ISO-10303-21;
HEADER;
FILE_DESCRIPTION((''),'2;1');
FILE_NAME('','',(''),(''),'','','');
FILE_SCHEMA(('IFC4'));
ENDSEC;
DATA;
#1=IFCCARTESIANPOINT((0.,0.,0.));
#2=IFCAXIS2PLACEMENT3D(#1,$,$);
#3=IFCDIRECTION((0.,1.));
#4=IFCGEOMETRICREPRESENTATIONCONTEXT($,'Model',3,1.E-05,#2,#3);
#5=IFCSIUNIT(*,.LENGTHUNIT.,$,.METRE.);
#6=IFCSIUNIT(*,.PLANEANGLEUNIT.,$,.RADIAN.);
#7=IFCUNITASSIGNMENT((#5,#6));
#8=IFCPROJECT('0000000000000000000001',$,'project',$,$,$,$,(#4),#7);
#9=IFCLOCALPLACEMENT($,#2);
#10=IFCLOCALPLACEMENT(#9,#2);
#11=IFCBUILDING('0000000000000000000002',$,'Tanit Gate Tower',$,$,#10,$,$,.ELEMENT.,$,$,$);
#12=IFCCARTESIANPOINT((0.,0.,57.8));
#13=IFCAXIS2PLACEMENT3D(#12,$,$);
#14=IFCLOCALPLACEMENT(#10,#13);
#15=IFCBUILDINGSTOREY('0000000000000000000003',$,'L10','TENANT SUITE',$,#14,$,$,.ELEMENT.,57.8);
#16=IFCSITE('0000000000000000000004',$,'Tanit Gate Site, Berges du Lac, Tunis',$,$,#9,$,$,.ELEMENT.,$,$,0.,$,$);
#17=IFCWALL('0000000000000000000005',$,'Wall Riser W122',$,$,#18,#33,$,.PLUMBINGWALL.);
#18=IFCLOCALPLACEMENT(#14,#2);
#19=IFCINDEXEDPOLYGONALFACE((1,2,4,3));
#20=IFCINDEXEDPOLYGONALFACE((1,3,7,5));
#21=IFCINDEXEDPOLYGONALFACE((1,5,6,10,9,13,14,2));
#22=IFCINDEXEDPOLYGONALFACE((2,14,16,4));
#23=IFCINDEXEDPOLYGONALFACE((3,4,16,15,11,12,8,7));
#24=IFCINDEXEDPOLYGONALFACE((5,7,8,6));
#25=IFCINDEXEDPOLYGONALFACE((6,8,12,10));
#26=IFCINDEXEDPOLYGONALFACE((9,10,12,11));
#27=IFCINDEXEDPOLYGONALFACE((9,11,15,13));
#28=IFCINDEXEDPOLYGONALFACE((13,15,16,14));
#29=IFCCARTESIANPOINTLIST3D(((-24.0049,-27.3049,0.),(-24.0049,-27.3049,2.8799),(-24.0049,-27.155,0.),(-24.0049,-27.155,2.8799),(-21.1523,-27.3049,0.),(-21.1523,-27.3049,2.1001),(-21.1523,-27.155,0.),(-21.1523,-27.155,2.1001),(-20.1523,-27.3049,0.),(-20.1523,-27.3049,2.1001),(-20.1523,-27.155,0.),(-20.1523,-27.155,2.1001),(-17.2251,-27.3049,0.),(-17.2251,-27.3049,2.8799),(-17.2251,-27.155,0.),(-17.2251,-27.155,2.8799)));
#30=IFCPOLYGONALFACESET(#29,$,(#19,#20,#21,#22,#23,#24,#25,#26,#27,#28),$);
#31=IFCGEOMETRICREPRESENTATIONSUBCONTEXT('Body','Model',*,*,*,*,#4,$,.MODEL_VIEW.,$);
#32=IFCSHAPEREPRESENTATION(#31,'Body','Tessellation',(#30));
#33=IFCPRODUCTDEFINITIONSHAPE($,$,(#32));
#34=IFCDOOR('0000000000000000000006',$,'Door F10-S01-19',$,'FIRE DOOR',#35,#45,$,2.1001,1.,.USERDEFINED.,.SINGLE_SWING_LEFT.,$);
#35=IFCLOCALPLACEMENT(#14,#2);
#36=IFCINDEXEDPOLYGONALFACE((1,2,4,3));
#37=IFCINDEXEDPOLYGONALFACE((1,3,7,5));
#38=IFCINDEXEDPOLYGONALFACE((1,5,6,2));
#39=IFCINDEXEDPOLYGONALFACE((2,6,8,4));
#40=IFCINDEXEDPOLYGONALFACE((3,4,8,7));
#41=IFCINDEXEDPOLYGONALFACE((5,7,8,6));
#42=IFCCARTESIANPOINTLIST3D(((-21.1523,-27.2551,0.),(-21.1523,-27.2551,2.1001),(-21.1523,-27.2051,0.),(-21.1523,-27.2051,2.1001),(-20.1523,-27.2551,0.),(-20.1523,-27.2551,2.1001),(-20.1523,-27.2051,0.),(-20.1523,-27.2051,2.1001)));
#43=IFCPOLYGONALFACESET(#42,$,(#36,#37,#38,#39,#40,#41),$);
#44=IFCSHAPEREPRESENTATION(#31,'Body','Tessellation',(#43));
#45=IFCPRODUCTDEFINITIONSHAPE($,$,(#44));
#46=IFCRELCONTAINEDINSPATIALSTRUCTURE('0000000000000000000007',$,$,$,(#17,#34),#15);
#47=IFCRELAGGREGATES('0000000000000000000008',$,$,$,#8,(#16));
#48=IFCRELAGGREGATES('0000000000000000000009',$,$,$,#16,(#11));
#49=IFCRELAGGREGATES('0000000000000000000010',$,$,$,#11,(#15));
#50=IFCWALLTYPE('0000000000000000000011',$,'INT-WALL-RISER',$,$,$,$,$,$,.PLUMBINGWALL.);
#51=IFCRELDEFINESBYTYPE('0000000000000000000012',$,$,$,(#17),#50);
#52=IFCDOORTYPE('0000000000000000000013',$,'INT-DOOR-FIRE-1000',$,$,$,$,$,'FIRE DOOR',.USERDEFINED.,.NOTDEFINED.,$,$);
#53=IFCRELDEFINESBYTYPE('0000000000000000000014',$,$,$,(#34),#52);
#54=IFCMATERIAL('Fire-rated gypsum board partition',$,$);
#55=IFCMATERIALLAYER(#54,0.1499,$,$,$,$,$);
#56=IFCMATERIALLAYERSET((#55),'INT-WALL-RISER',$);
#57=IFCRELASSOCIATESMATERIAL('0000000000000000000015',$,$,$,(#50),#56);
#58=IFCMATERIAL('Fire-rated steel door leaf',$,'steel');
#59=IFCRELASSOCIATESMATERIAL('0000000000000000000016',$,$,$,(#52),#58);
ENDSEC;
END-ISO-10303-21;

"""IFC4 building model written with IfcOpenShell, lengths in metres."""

from ifc_helpers import new_model, si_unit, direction, frame, frame_2d, origin, place, context, subcontext, project, spatial, rectangle, extrude, material, layer, layer_set, type_object, element, fill, save


model = new_model("IFC4")

# Units and contexts
model_context = context("Model", 3, precision=1e-05, world=origin(), true_north=direction((0.0, 1.0)))
body_context = subcontext(model_context, "Body", "Model", "MODEL_VIEW")
ifc_project = project(units=[si_unit("LENGTHUNIT", "METRE"), si_unit("PLANEANGLEUNIT", "RADIAN")], contexts=[model_context])

# Site, building, storey
site_placement = place(None, origin())
site = spatial("IfcSite", under=ifc_project, at=site_placement, Name="Tanit Gate Site, Berges du Lac, Tunis", CompositionType="ELEMENT", RefElevation=0.0)
building_placement = place(site_placement, origin())
building = spatial("IfcBuilding", under=site, at=building_placement, Name="Tanit Gate Tower", CompositionType="ELEMENT")
storey_placement = place(building_placement, frame((0.0, 0.0, 57.8)))
storey = spatial("IfcBuildingStorey", under=building, at=storey_placement, Name="L10", Description="TENANT SUITE", CompositionType="ELEMENT", Elevation=57.8)

# Shared definitions
ifc_material_1 = material(Name="Fire-rated gypsum board partition")
ifc_layer_1 = layer(ifc_material_1, 0.1499)
ifc_layer_set_1 = layer_set([ifc_layer_1], Name="INT-WALL-RISER")
wall_type_1 = type_object("IfcWallType", Name="INT-WALL-RISER", PredefinedType="PLUMBINGWALL", material=ifc_layer_set_1)

# Wall, opening, door
wall_1_placement = place(storey_placement, frame((-24.0049, -27.23, 0.0), z_axis=(0.0, 0.0, 1.0), x_axis=(1.0, 0.0, 0.0)))
wall_1 = element("IfcWall", 1, at=wall_1_placement, inside=storey, type_object=wall_type_1, Name="Wall Riser W122", PredefinedType="PLUMBINGWALL", context=body_context, shape_type="SweptSolid", body=[
    extrude(rectangle(XDim=6.7798, YDim=0.1499, at=frame_2d((3.3899, 0.0))), origin(), (0.0, 0.0, 1.0), 2.8799),
])
opening_placement = place(wall_1_placement, frame((2.8525, 0.0, 0.0)))
opening = element("IfcOpeningElement", 2, at=opening_placement, cuts=wall_1, PredefinedType="OPENING", context=body_context, shape_type="SweptSolid", body=[
    extrude(rectangle(XDim=1.0, YDim=2.1001, at=frame_2d((0.5, 1.05))), frame((0.0, 0.085, 0.0), z_axis=(0.0, -1.0, 0.0), x_axis=(1.0, 0.0, 0.0)), (0.0, 0.0, 1.0), 0.1699),
])
ifc_material_2 = material(Name="Fire-rated steel door leaf", Category="steel")
door_type = type_object("IfcDoorType", Name="INT-DOOR-FIRE-1000", ElementType="FIRE DOOR", OperationType="NOTDEFINED", PredefinedType="USERDEFINED", material=ifc_material_2)
door_placement = place(opening_placement, origin())
door = element("IfcDoor", 3, at=door_placement, inside=storey, type_object=door_type, Name="Door F10-S01-19", ObjectType="FIRE DOOR", OperationType="SINGLE_SWING_LEFT", OverallHeight=2.1001, OverallWidth=1.0, PredefinedType="USERDEFINED", context=body_context, shape_type="SweptSolid", body=[
    extrude(rectangle(XDim=1.0, YDim=2.1001, at=frame_2d((0.5, 1.05))), frame((0.0, 0.0249, 0.0), z_axis=(0.0, -1.0, 0.0), x_axis=(1.0, 0.0, 0.0)), (0.0, 0.0, 1.0), 0.05),
])
fill(opening, door)

save(model, "model.ifc")
